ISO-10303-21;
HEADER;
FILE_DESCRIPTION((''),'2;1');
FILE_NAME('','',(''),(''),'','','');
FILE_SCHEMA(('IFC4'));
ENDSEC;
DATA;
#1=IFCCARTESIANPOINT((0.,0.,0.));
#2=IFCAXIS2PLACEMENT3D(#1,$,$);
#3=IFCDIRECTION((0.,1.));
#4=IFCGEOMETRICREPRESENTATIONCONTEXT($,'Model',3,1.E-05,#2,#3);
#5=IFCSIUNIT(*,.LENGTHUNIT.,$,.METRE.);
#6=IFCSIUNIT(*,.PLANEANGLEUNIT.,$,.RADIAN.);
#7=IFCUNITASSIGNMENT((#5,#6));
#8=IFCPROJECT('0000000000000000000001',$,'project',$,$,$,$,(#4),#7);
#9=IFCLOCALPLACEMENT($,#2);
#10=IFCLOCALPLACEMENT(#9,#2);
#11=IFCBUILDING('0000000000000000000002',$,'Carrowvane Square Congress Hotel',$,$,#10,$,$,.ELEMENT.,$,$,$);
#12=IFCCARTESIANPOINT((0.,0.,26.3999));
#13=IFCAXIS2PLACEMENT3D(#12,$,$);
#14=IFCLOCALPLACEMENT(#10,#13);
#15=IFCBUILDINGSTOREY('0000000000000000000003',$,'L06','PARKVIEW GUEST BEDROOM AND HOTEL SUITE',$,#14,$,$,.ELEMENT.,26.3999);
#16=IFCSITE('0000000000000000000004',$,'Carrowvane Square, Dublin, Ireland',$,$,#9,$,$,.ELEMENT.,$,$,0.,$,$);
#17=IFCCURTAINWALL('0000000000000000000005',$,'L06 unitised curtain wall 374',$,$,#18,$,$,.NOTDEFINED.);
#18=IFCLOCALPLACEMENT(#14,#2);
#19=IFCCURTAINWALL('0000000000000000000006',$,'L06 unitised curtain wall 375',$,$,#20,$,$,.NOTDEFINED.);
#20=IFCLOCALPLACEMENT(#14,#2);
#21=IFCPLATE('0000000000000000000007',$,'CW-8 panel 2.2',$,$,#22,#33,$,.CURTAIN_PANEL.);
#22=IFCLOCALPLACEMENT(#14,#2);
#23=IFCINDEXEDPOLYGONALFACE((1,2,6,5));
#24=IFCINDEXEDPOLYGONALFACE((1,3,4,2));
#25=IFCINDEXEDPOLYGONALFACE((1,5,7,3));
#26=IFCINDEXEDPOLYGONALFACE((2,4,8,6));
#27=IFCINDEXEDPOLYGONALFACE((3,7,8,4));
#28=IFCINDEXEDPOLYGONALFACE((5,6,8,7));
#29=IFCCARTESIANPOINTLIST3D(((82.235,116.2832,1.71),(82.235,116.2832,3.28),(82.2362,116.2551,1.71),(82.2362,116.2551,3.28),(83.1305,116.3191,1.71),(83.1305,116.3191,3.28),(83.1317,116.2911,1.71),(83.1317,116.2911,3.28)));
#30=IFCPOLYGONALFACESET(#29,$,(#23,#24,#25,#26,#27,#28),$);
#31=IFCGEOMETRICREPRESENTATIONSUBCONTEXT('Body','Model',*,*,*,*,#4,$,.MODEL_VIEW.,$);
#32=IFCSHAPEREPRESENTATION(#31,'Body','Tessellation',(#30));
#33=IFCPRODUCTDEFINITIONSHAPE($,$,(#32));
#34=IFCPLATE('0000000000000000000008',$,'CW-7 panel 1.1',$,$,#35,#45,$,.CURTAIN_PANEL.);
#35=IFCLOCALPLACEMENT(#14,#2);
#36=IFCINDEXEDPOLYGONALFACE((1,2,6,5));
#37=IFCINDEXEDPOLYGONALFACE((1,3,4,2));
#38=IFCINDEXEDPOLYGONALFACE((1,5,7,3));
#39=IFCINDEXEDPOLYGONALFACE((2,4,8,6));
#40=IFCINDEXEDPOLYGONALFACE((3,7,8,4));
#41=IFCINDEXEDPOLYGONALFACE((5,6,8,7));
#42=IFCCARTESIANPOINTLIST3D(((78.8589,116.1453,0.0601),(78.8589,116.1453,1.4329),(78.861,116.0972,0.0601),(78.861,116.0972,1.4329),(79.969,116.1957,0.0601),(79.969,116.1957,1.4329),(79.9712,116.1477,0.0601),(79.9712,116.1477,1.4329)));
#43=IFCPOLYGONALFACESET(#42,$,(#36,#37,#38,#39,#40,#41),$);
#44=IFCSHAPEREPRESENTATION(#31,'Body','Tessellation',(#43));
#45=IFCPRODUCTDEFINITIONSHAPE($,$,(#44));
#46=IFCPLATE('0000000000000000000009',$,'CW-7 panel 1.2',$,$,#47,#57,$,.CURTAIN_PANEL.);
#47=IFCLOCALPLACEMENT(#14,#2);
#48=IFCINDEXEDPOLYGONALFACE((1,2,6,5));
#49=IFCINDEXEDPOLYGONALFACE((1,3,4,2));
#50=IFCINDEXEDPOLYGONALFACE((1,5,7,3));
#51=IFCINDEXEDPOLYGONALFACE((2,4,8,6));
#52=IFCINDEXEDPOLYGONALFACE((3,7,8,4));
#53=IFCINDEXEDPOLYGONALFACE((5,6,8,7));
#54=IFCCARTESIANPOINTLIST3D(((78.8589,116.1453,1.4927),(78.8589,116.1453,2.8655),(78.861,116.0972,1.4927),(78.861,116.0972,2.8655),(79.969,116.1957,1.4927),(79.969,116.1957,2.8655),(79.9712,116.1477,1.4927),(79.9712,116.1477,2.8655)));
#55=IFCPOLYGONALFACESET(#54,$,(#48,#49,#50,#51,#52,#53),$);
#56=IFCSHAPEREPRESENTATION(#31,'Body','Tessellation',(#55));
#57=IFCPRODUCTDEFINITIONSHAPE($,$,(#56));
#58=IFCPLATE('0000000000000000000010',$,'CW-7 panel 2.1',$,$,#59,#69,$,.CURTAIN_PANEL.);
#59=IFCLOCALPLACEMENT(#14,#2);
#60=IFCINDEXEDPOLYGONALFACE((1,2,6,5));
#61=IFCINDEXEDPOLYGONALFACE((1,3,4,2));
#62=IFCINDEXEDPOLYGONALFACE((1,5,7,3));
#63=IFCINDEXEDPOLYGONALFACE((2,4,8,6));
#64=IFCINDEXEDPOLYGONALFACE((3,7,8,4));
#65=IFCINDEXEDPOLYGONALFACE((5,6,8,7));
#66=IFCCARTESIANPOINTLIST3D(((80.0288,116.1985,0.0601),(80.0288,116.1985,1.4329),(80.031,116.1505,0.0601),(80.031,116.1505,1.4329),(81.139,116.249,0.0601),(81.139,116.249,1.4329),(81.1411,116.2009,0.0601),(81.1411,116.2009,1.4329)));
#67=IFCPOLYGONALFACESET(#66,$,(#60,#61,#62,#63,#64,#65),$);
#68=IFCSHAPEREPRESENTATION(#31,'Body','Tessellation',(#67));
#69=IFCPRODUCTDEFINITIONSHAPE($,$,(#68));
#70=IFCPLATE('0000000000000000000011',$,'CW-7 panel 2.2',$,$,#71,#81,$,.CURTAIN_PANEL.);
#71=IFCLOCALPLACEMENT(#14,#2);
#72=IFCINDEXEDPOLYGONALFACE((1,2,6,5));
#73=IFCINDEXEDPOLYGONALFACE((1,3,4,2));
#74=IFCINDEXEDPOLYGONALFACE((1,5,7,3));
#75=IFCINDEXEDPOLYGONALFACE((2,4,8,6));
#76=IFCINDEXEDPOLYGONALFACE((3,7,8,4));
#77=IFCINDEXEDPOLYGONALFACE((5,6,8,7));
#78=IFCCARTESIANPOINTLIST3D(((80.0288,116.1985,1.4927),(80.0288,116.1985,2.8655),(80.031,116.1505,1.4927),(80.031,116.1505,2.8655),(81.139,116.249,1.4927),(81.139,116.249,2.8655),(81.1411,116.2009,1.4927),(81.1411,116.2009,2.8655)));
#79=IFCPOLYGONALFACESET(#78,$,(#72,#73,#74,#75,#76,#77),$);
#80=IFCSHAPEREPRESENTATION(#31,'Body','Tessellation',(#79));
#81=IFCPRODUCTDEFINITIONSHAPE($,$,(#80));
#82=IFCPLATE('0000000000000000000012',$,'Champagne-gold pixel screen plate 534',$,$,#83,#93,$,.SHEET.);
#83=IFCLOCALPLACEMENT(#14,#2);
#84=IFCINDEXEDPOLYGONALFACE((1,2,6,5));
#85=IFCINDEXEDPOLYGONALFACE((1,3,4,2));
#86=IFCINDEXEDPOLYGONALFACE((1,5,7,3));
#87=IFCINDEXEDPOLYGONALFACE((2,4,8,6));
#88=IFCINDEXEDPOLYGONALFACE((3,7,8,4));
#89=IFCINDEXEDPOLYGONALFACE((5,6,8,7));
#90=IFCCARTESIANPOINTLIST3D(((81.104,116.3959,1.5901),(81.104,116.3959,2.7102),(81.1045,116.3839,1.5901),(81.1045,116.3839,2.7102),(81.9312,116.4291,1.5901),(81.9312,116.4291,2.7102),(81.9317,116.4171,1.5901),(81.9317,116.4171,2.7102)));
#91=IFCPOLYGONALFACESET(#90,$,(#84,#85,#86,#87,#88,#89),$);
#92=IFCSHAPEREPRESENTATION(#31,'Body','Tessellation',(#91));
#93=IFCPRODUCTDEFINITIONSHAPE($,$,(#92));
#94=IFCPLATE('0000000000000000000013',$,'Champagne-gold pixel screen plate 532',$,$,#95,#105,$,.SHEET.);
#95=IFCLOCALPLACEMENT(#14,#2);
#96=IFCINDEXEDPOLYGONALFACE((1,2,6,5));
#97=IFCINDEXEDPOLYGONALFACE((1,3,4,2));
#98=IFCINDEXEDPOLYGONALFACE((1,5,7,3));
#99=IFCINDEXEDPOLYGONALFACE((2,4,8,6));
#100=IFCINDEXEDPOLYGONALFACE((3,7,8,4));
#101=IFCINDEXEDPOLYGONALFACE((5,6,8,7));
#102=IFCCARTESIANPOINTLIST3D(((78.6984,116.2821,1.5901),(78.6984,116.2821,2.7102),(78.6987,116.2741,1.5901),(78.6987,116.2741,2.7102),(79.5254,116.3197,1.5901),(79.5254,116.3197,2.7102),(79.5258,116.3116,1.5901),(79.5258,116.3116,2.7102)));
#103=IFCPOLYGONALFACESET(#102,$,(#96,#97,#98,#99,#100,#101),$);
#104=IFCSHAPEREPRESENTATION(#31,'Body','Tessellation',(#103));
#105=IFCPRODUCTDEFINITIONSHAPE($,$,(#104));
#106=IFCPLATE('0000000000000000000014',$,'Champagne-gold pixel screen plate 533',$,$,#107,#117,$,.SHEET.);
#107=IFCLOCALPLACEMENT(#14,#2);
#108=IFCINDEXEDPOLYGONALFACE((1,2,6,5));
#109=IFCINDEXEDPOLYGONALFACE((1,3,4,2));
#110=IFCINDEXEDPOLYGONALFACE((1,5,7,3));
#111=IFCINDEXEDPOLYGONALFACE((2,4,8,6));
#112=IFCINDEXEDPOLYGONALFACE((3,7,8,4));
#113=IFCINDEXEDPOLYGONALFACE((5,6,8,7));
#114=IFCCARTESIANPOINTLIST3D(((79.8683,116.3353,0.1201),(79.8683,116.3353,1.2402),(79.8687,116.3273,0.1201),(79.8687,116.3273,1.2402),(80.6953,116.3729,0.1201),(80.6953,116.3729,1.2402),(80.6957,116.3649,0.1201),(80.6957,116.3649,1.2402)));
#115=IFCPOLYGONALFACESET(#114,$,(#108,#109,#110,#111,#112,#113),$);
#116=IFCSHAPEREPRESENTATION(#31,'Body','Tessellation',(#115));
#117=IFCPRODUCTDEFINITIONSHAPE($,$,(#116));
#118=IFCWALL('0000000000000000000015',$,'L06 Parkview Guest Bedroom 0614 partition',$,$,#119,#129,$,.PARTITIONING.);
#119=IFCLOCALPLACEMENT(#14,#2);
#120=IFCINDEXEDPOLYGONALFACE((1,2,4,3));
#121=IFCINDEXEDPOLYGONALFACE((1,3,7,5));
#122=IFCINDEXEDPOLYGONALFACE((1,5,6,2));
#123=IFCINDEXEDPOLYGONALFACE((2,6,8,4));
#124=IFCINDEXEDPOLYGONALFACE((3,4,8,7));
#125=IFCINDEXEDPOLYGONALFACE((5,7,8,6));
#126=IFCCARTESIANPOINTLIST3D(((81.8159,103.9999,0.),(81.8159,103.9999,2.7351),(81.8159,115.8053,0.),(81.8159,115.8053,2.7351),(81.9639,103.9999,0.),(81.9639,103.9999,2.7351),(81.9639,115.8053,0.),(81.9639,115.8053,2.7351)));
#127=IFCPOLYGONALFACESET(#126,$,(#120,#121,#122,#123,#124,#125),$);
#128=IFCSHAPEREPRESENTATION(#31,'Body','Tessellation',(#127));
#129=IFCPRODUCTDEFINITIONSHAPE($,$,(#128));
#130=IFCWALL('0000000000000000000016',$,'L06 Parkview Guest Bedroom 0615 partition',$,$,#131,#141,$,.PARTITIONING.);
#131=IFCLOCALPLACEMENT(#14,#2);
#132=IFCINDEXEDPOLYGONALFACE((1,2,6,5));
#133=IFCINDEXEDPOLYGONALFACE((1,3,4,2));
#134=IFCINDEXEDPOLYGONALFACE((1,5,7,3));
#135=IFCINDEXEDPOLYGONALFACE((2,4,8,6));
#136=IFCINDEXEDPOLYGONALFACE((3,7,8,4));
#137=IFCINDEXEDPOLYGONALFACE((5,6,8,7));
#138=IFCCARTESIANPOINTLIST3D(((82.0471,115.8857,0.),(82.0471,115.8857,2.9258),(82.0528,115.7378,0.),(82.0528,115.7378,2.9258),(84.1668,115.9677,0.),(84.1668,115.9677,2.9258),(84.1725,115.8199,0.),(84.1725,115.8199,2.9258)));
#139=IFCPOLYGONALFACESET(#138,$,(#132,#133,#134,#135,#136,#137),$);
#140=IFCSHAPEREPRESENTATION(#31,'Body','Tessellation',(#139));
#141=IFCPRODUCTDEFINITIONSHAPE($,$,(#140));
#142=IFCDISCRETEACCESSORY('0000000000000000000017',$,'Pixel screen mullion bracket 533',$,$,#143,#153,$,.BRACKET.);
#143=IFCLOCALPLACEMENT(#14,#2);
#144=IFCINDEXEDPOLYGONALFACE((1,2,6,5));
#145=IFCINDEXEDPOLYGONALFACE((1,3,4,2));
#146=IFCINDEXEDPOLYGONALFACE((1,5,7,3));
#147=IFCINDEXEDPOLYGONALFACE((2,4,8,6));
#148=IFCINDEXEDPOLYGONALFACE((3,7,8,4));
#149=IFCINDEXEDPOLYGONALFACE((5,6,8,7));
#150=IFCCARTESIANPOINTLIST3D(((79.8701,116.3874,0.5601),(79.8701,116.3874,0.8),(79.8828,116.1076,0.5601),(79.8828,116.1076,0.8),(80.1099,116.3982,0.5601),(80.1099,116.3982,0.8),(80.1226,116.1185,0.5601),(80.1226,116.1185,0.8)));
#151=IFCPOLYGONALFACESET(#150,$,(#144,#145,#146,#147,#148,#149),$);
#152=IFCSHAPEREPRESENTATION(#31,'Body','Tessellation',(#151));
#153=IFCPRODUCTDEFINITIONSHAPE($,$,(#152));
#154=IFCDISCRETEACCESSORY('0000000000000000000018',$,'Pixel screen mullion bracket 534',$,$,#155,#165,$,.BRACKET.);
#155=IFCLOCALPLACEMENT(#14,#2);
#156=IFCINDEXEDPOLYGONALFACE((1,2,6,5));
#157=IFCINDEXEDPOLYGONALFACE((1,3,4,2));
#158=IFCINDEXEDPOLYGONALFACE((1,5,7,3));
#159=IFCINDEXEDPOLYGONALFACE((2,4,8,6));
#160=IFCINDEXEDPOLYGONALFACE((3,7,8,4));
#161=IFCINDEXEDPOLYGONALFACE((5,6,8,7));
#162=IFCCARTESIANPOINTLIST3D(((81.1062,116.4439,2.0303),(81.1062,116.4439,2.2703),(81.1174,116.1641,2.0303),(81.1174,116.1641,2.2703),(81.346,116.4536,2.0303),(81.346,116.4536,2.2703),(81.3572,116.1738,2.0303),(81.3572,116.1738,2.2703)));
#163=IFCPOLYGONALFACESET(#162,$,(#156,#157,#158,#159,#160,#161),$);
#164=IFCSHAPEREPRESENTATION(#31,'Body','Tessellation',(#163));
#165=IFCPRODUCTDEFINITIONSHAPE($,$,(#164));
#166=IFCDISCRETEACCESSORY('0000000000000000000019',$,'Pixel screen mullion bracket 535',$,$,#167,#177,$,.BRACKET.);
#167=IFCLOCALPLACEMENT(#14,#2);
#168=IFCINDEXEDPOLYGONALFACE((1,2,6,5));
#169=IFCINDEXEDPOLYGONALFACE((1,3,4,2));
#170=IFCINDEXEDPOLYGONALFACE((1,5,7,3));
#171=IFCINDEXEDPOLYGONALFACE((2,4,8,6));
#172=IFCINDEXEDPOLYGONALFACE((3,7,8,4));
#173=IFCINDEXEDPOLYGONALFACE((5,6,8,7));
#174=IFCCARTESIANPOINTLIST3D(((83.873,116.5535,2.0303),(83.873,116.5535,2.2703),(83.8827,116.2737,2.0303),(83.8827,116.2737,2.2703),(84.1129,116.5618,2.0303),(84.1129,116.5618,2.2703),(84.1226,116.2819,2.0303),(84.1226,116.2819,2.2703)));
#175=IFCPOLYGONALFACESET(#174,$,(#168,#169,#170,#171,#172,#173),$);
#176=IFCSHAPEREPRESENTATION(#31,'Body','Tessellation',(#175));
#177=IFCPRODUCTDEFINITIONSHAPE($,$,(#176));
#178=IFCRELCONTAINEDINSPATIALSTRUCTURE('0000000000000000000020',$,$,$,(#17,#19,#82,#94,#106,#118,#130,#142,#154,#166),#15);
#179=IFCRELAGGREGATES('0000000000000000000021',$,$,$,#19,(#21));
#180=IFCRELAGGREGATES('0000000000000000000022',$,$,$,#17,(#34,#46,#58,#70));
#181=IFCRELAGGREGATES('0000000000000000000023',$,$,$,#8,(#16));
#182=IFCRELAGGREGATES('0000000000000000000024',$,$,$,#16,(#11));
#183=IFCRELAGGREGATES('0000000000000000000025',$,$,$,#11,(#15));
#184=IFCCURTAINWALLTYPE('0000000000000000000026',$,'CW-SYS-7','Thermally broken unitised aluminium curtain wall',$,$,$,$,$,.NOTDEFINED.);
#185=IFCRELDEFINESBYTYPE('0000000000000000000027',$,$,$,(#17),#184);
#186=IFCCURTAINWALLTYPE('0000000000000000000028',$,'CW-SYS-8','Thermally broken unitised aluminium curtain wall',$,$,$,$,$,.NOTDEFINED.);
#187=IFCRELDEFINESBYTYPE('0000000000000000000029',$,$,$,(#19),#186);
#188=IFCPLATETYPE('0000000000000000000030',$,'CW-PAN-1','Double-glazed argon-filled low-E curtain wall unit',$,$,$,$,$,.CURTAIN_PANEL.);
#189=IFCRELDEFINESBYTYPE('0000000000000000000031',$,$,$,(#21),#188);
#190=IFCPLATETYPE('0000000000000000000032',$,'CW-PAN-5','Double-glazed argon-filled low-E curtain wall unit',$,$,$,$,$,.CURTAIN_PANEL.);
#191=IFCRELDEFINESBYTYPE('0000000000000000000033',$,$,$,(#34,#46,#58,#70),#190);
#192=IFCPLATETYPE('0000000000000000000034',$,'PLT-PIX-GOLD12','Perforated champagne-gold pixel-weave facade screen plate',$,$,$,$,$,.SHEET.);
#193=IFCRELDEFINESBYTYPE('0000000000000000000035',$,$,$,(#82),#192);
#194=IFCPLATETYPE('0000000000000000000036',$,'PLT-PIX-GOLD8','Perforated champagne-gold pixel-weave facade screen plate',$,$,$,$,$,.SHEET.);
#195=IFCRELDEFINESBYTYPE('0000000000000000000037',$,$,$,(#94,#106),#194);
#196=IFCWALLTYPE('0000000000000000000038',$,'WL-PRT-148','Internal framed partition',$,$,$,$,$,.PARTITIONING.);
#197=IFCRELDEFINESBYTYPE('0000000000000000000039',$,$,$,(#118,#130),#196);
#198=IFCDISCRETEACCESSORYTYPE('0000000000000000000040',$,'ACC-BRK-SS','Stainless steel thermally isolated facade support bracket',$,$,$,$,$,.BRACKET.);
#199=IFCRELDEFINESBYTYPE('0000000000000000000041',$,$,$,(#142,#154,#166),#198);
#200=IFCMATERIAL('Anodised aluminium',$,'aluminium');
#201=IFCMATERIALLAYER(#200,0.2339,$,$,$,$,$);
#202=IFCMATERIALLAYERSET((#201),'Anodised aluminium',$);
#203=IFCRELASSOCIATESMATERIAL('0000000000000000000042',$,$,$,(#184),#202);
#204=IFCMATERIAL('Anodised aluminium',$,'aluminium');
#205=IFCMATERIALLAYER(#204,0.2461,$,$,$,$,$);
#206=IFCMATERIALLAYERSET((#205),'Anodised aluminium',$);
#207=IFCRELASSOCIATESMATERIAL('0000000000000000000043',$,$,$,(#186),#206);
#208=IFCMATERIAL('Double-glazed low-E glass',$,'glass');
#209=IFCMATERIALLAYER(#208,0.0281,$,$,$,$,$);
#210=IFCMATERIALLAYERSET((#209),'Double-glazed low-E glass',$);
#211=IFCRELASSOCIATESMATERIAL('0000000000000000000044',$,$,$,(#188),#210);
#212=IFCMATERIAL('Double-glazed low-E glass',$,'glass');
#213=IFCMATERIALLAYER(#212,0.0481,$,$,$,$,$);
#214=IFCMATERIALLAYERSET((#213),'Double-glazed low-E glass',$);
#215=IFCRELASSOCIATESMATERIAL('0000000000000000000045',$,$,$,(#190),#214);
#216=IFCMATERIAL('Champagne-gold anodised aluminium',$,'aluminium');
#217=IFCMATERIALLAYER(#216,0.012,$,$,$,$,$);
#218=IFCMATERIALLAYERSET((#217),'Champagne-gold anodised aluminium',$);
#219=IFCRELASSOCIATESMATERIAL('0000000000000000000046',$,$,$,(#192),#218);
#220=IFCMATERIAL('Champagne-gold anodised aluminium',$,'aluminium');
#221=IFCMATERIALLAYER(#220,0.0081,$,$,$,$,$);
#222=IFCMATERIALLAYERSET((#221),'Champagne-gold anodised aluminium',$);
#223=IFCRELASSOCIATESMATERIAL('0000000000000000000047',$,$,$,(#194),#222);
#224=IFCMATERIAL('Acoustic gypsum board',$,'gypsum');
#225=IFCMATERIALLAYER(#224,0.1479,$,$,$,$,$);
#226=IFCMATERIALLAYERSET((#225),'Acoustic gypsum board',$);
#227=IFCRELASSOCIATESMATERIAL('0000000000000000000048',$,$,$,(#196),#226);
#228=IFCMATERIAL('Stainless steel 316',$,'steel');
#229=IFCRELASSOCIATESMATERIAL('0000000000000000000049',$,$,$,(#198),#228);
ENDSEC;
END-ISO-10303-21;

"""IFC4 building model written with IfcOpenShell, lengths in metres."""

from ifc_helpers import new_model, si_unit, direction, frame, frame_2d, origin, origin_2d, place, context, subcontext, project, spatial, rectangle, extrude, material, layer, layer_set, type_object, element, aggregate, save


model = new_model("IFC4")

# Units and contexts
model_context = context("Model", 3, precision=1e-05, world=origin(), true_north=direction((0.0, 1.0)))
body_context = subcontext(model_context, "Body", "Model", "MODEL_VIEW")
ifc_project = project(units=[si_unit("LENGTHUNIT", "METRE"), si_unit("PLANEANGLEUNIT", "RADIAN")], contexts=[model_context])

# Site, building, storey
site_placement = place(None, origin())
site = spatial("IfcSite", under=ifc_project, at=site_placement, Name="Carrowvane Square, Dublin, Ireland", CompositionType="ELEMENT", RefElevation=0.0)
building_placement = place(site_placement, origin())
building = spatial("IfcBuilding", under=site, at=building_placement, Name="Carrowvane Square Congress Hotel", CompositionType="ELEMENT")
storey_placement = place(building_placement, frame((0.0, 0.0, 26.3999)))
storey = spatial("IfcBuildingStorey", under=building, at=storey_placement, Name="L06", Description="PARKVIEW GUEST BEDROOM AND HOTEL SUITE", CompositionType="ELEMENT", Elevation=26.3999)

# Curtain wall
ifc_material_1 = material(Name="Anodised aluminium", Category="aluminium")
ifc_layer_1 = layer(ifc_material_1, 0.2339)
ifc_layer_set_1 = layer_set([ifc_layer_1], Name="Anodised aluminium")
curtain_wall_type_1 = type_object("IfcCurtainWallType", Name="CW-SYS-7", Description="Thermally broken unitised aluminium curtain wall", PredefinedType="NOTDEFINED", material=ifc_layer_set_1)
curtain_wall_1_placement = place(storey_placement, origin())
curtain_wall_1 = element("IfcCurtainWall", 1, at=curtain_wall_1_placement, inside=storey, type_object=curtain_wall_type_1, Name="L06 unitised curtain wall 374", PredefinedType="NOTDEFINED")

# Curtain wall
ifc_material_2 = material(Name="Anodised aluminium", Category="aluminium")
ifc_layer_2 = layer(ifc_material_2, 0.2461)
ifc_layer_set_2 = layer_set([ifc_layer_2], Name="Anodised aluminium")
curtain_wall_type_2 = type_object("IfcCurtainWallType", Name="CW-SYS-8", Description="Thermally broken unitised aluminium curtain wall", PredefinedType="NOTDEFINED", material=ifc_layer_set_2)
curtain_wall_2_placement = place(storey_placement, origin())
curtain_wall_2 = element("IfcCurtainWall", 2, at=curtain_wall_2_placement, inside=storey, type_object=curtain_wall_type_2, Name="L06 unitised curtain wall 375", PredefinedType="NOTDEFINED")

# Plates
ifc_material_3 = material(Name="Double-glazed low-E glass", Category="glass")
ifc_layer_3 = layer(ifc_material_3, 0.0281)
ifc_layer_set_3 = layer_set([ifc_layer_3], Name="Double-glazed low-E glass")
plate_type_1 = type_object("IfcPlateType", Name="CW-PAN-1", Description="Double-glazed argon-filled low-E curtain wall unit", PredefinedType="CURTAIN_PANEL", material=ifc_layer_set_3)
plate_1_placement = place(storey_placement, frame((82.6833, 116.2871, 1.71), z_axis=(0.0, 0.0, 1.0), x_axis=(0.999194, 0.040136, 0.0)))
plate_1 = element("IfcPlate", 3, at=plate_1_placement, type_object=plate_type_1, Name="CW-8 panel 2.2", PredefinedType="CURTAIN_PANEL", context=body_context, shape_type="SweptSolid", body=[
    extrude(rectangle(XDim=0.8962, YDim=0.0281, at=origin_2d()), origin(), (0.0, 0.0, 1.0), 1.5701),
])
aggregate(curtain_wall_2, [plate_1])
ifc_material_4 = material(Name="Double-glazed low-E glass", Category="glass")
ifc_layer_4 = layer(ifc_material_4, 0.0481)
ifc_layer_set_4 = layer_set([ifc_layer_4], Name="Double-glazed low-E glass")
plate_type_2 = type_object("IfcPlateType", Name="CW-PAN-5", Description="Double-glazed argon-filled low-E curtain wall unit", PredefinedType="CURTAIN_PANEL", material=ifc_layer_set_4)
plate_2_placement = place(storey_placement, frame((79.415, 116.1465, 0.0601), z_axis=(0.0, 0.0, 1.0), x_axis=(0.998968, 0.045411, 0.0)))
plate_2 = element("IfcPlate", 4, at=plate_2_placement, type_object=plate_type_2, Name="CW-7 panel 1.1", PredefinedType="CURTAIN_PANEL", context=body_context, shape_type="SweptSolid", body=[
    extrude(rectangle(XDim=1.1113, YDim=0.0481, at=origin_2d()), origin(), (0.0, 0.0, 1.0), 1.3728),
])
plate_3_placement = place(storey_placement, frame((79.415, 116.1465, 1.4927), z_axis=(0.0, 0.0, 1.0), x_axis=(0.998968, 0.045411, 0.0)))
plate_3 = element("IfcPlate", 5, at=plate_3_placement, type_object=plate_type_2, Name="CW-7 panel 1.2", PredefinedType="CURTAIN_PANEL", context=body_context, shape_type="SweptSolid", body=[
    extrude(rectangle(XDim=1.1113, YDim=0.0481, at=origin_2d()), origin(), (0.0, 0.0, 1.0), 1.3728),
])
plate_4_placement = place(storey_placement, frame((80.585, 116.1997, 0.0601), z_axis=(0.0, 0.0, 1.0), x_axis=(0.998968, 0.045411, 0.0)))
plate_4 = element("IfcPlate", 6, at=plate_4_placement, type_object=plate_type_2, Name="CW-7 panel 2.1", PredefinedType="CURTAIN_PANEL", context=body_context, shape_type="SweptSolid", body=[
    extrude(rectangle(XDim=1.1113, YDim=0.0481, at=origin_2d()), origin(), (0.0, 0.0, 1.0), 1.3728),
])
plate_5_placement = place(storey_placement, frame((80.585, 116.1997, 1.4927), z_axis=(0.0, 0.0, 1.0), x_axis=(0.998968, 0.045411, 0.0)))
plate_5 = element("IfcPlate", 7, at=plate_5_placement, type_object=plate_type_2, Name="CW-7 panel 2.2", PredefinedType="CURTAIN_PANEL", context=body_context, shape_type="SweptSolid", body=[
    extrude(rectangle(XDim=1.1113, YDim=0.0481, at=origin_2d()), origin(), (0.0, 0.0, 1.0), 1.3728),
])
aggregate(curtain_wall_1, [plate_2, plate_3, plate_4, plate_5])

# Plates
ifc_material_5 = material(Name="Champagne-gold anodised aluminium", Category="aluminium")
ifc_layer_5 = layer(ifc_material_5, 0.012)
ifc_layer_set_5 = layer_set([ifc_layer_5], Name="Champagne-gold anodised aluminium")
plate_type_3 = type_object("IfcPlateType", Name="PLT-PIX-GOLD12", Description="Perforated champagne-gold pixel-weave facade screen plate", PredefinedType="SHEET", material=ifc_layer_set_5)
plate_6_placement = place(storey_placement, frame((81.5178, 116.4065, 1.5901), z_axis=(0.0, 0.0, 1.0), x_axis=(0.999194, 0.040134, 0.0)))
element("IfcPlate", 8, at=plate_6_placement, inside=storey, type_object=plate_type_3, Name="Champagne-gold pixel screen plate 534", PredefinedType="SHEET", context=body_context, shape_type="SweptSolid", body=[
    extrude(rectangle(XDim=0.8279, YDim=0.012, at=origin_2d()), origin(), (0.0, 0.0, 1.0), 1.1201),
])
ifc_material_6 = material(Name="Champagne-gold anodised aluminium", Category="aluminium")
ifc_layer_6 = layer(ifc_material_6, 0.0081)
ifc_layer_set_6 = layer_set([ifc_layer_6], Name="Champagne-gold anodised aluminium")
plate_type_4 = type_object("IfcPlateType", Name="PLT-PIX-GOLD8", Description="Perforated champagne-gold pixel-weave facade screen plate", PredefinedType="SHEET", material=ifc_layer_set_6)
for number, where, z_axis, x_axis, name in (
    (9, (79.1121, 116.2969, 1.5901), (0.0, 0.0, 1.0), (0.998968, 0.045414, 0.0), "Champagne-gold pixel screen plate 532"),
    (10, (80.282, 116.3501, 0.1201), (0.0, 0.0, 1.0), (0.998968, 0.045414, 0.0), "Champagne-gold pixel screen plate 533"),
):
    element("IfcPlate", number, at=place(storey_placement, frame(where, z_axis=z_axis, x_axis=x_axis)), inside=storey, type_object=plate_type_4, Name=name, PredefinedType="SHEET", context=body_context, shape_type="SweptSolid", body=[
        extrude(rectangle(XDim=0.8279, YDim=0.0081, at=origin_2d()), origin(), (0.0, 0.0, 1.0), 1.1201),
    ])

# Walls
ifc_material_7 = material(Name="Acoustic gypsum board", Category="gypsum")
ifc_layer_7 = layer(ifc_material_7, 0.1479)
ifc_layer_set_7 = layer_set([ifc_layer_7], Name="Acoustic gypsum board")
wall_type = type_object("IfcWallType", Name="WL-PRT-148", Description="Internal framed partition", PredefinedType="PARTITIONING", material=ifc_layer_set_7)
wall_1_placement = place(storey_placement, frame((81.8899, 115.8054, 0.0), z_axis=(0.0, 0.0, 1.0), x_axis=(0.0, -1.0, 0.0)))
element("IfcWall", 11, at=wall_1_placement, inside=storey, type_object=wall_type, Name="L06 Parkview Guest Bedroom 0614 partition", PredefinedType="PARTITIONING", context=body_context, shape_type="SweptSolid", body=[
    extrude(rectangle(XDim=11.8054, YDim=0.1479, at=frame_2d((5.9028, 0.0))), origin(), (0.0, 0.0, 1.0), 2.7351),
])
wall_2_placement = place(storey_placement, frame((82.05, 115.8118, 0.0), z_axis=(0.0, 0.0, 1.0), x_axis=(0.999252, 0.038667, 0.0)))
element("IfcWall", 12, at=wall_2_placement, inside=storey, type_object=wall_type, Name="L06 Parkview Guest Bedroom 0615 partition", PredefinedType="PARTITIONING", context=body_context, shape_type="SweptSolid", body=[
    extrude(rectangle(XDim=2.1213, YDim=0.1479, at=frame_2d((1.0605, 0.0))), origin(), (0.0, 0.0, 1.0), 2.9258),
])

# Discrete accessories
ifc_material_8 = material(Name="Stainless steel 316", Category="steel")
discrete_accessory_type = type_object("IfcDiscreteAccessoryType", Name="ACC-BRK-SS", Description="Stainless steel thermally isolated facade support bracket", PredefinedType="BRACKET", material=ifc_material_8)
for number, where, z_axis, x_axis, name in (
    (13, (79.9963, 116.2529, 0.5601), (0.0, 0.0, 1.0), (0.998968, 0.045414, 0.0), "Pixel screen mullion bracket 533"),
    (14, (81.2317, 116.3088, 2.0303), (0.0, 0.0, 1.0), (0.999194, 0.040134, 0.0), "Pixel screen mullion bracket 534"),
    (15, (83.9978, 116.4177, 2.0303), (0.0, 0.0, 1.0), (0.999404, 0.034527, 0.0), "Pixel screen mullion bracket 535"),
):
    element("IfcDiscreteAccessory", number, at=place(storey_placement, frame(where, z_axis=z_axis, x_axis=x_axis)), inside=storey, type_object=discrete_accessory_type, Name=name, PredefinedType="BRACKET", context=body_context, shape_type="SweptSolid", body=[
        extrude(rectangle(XDim=0.24, YDim=0.28, at=origin_2d()), origin(), (0.0, 0.0, 1.0), 0.24),
    ])

save(model, "model.ifc")
